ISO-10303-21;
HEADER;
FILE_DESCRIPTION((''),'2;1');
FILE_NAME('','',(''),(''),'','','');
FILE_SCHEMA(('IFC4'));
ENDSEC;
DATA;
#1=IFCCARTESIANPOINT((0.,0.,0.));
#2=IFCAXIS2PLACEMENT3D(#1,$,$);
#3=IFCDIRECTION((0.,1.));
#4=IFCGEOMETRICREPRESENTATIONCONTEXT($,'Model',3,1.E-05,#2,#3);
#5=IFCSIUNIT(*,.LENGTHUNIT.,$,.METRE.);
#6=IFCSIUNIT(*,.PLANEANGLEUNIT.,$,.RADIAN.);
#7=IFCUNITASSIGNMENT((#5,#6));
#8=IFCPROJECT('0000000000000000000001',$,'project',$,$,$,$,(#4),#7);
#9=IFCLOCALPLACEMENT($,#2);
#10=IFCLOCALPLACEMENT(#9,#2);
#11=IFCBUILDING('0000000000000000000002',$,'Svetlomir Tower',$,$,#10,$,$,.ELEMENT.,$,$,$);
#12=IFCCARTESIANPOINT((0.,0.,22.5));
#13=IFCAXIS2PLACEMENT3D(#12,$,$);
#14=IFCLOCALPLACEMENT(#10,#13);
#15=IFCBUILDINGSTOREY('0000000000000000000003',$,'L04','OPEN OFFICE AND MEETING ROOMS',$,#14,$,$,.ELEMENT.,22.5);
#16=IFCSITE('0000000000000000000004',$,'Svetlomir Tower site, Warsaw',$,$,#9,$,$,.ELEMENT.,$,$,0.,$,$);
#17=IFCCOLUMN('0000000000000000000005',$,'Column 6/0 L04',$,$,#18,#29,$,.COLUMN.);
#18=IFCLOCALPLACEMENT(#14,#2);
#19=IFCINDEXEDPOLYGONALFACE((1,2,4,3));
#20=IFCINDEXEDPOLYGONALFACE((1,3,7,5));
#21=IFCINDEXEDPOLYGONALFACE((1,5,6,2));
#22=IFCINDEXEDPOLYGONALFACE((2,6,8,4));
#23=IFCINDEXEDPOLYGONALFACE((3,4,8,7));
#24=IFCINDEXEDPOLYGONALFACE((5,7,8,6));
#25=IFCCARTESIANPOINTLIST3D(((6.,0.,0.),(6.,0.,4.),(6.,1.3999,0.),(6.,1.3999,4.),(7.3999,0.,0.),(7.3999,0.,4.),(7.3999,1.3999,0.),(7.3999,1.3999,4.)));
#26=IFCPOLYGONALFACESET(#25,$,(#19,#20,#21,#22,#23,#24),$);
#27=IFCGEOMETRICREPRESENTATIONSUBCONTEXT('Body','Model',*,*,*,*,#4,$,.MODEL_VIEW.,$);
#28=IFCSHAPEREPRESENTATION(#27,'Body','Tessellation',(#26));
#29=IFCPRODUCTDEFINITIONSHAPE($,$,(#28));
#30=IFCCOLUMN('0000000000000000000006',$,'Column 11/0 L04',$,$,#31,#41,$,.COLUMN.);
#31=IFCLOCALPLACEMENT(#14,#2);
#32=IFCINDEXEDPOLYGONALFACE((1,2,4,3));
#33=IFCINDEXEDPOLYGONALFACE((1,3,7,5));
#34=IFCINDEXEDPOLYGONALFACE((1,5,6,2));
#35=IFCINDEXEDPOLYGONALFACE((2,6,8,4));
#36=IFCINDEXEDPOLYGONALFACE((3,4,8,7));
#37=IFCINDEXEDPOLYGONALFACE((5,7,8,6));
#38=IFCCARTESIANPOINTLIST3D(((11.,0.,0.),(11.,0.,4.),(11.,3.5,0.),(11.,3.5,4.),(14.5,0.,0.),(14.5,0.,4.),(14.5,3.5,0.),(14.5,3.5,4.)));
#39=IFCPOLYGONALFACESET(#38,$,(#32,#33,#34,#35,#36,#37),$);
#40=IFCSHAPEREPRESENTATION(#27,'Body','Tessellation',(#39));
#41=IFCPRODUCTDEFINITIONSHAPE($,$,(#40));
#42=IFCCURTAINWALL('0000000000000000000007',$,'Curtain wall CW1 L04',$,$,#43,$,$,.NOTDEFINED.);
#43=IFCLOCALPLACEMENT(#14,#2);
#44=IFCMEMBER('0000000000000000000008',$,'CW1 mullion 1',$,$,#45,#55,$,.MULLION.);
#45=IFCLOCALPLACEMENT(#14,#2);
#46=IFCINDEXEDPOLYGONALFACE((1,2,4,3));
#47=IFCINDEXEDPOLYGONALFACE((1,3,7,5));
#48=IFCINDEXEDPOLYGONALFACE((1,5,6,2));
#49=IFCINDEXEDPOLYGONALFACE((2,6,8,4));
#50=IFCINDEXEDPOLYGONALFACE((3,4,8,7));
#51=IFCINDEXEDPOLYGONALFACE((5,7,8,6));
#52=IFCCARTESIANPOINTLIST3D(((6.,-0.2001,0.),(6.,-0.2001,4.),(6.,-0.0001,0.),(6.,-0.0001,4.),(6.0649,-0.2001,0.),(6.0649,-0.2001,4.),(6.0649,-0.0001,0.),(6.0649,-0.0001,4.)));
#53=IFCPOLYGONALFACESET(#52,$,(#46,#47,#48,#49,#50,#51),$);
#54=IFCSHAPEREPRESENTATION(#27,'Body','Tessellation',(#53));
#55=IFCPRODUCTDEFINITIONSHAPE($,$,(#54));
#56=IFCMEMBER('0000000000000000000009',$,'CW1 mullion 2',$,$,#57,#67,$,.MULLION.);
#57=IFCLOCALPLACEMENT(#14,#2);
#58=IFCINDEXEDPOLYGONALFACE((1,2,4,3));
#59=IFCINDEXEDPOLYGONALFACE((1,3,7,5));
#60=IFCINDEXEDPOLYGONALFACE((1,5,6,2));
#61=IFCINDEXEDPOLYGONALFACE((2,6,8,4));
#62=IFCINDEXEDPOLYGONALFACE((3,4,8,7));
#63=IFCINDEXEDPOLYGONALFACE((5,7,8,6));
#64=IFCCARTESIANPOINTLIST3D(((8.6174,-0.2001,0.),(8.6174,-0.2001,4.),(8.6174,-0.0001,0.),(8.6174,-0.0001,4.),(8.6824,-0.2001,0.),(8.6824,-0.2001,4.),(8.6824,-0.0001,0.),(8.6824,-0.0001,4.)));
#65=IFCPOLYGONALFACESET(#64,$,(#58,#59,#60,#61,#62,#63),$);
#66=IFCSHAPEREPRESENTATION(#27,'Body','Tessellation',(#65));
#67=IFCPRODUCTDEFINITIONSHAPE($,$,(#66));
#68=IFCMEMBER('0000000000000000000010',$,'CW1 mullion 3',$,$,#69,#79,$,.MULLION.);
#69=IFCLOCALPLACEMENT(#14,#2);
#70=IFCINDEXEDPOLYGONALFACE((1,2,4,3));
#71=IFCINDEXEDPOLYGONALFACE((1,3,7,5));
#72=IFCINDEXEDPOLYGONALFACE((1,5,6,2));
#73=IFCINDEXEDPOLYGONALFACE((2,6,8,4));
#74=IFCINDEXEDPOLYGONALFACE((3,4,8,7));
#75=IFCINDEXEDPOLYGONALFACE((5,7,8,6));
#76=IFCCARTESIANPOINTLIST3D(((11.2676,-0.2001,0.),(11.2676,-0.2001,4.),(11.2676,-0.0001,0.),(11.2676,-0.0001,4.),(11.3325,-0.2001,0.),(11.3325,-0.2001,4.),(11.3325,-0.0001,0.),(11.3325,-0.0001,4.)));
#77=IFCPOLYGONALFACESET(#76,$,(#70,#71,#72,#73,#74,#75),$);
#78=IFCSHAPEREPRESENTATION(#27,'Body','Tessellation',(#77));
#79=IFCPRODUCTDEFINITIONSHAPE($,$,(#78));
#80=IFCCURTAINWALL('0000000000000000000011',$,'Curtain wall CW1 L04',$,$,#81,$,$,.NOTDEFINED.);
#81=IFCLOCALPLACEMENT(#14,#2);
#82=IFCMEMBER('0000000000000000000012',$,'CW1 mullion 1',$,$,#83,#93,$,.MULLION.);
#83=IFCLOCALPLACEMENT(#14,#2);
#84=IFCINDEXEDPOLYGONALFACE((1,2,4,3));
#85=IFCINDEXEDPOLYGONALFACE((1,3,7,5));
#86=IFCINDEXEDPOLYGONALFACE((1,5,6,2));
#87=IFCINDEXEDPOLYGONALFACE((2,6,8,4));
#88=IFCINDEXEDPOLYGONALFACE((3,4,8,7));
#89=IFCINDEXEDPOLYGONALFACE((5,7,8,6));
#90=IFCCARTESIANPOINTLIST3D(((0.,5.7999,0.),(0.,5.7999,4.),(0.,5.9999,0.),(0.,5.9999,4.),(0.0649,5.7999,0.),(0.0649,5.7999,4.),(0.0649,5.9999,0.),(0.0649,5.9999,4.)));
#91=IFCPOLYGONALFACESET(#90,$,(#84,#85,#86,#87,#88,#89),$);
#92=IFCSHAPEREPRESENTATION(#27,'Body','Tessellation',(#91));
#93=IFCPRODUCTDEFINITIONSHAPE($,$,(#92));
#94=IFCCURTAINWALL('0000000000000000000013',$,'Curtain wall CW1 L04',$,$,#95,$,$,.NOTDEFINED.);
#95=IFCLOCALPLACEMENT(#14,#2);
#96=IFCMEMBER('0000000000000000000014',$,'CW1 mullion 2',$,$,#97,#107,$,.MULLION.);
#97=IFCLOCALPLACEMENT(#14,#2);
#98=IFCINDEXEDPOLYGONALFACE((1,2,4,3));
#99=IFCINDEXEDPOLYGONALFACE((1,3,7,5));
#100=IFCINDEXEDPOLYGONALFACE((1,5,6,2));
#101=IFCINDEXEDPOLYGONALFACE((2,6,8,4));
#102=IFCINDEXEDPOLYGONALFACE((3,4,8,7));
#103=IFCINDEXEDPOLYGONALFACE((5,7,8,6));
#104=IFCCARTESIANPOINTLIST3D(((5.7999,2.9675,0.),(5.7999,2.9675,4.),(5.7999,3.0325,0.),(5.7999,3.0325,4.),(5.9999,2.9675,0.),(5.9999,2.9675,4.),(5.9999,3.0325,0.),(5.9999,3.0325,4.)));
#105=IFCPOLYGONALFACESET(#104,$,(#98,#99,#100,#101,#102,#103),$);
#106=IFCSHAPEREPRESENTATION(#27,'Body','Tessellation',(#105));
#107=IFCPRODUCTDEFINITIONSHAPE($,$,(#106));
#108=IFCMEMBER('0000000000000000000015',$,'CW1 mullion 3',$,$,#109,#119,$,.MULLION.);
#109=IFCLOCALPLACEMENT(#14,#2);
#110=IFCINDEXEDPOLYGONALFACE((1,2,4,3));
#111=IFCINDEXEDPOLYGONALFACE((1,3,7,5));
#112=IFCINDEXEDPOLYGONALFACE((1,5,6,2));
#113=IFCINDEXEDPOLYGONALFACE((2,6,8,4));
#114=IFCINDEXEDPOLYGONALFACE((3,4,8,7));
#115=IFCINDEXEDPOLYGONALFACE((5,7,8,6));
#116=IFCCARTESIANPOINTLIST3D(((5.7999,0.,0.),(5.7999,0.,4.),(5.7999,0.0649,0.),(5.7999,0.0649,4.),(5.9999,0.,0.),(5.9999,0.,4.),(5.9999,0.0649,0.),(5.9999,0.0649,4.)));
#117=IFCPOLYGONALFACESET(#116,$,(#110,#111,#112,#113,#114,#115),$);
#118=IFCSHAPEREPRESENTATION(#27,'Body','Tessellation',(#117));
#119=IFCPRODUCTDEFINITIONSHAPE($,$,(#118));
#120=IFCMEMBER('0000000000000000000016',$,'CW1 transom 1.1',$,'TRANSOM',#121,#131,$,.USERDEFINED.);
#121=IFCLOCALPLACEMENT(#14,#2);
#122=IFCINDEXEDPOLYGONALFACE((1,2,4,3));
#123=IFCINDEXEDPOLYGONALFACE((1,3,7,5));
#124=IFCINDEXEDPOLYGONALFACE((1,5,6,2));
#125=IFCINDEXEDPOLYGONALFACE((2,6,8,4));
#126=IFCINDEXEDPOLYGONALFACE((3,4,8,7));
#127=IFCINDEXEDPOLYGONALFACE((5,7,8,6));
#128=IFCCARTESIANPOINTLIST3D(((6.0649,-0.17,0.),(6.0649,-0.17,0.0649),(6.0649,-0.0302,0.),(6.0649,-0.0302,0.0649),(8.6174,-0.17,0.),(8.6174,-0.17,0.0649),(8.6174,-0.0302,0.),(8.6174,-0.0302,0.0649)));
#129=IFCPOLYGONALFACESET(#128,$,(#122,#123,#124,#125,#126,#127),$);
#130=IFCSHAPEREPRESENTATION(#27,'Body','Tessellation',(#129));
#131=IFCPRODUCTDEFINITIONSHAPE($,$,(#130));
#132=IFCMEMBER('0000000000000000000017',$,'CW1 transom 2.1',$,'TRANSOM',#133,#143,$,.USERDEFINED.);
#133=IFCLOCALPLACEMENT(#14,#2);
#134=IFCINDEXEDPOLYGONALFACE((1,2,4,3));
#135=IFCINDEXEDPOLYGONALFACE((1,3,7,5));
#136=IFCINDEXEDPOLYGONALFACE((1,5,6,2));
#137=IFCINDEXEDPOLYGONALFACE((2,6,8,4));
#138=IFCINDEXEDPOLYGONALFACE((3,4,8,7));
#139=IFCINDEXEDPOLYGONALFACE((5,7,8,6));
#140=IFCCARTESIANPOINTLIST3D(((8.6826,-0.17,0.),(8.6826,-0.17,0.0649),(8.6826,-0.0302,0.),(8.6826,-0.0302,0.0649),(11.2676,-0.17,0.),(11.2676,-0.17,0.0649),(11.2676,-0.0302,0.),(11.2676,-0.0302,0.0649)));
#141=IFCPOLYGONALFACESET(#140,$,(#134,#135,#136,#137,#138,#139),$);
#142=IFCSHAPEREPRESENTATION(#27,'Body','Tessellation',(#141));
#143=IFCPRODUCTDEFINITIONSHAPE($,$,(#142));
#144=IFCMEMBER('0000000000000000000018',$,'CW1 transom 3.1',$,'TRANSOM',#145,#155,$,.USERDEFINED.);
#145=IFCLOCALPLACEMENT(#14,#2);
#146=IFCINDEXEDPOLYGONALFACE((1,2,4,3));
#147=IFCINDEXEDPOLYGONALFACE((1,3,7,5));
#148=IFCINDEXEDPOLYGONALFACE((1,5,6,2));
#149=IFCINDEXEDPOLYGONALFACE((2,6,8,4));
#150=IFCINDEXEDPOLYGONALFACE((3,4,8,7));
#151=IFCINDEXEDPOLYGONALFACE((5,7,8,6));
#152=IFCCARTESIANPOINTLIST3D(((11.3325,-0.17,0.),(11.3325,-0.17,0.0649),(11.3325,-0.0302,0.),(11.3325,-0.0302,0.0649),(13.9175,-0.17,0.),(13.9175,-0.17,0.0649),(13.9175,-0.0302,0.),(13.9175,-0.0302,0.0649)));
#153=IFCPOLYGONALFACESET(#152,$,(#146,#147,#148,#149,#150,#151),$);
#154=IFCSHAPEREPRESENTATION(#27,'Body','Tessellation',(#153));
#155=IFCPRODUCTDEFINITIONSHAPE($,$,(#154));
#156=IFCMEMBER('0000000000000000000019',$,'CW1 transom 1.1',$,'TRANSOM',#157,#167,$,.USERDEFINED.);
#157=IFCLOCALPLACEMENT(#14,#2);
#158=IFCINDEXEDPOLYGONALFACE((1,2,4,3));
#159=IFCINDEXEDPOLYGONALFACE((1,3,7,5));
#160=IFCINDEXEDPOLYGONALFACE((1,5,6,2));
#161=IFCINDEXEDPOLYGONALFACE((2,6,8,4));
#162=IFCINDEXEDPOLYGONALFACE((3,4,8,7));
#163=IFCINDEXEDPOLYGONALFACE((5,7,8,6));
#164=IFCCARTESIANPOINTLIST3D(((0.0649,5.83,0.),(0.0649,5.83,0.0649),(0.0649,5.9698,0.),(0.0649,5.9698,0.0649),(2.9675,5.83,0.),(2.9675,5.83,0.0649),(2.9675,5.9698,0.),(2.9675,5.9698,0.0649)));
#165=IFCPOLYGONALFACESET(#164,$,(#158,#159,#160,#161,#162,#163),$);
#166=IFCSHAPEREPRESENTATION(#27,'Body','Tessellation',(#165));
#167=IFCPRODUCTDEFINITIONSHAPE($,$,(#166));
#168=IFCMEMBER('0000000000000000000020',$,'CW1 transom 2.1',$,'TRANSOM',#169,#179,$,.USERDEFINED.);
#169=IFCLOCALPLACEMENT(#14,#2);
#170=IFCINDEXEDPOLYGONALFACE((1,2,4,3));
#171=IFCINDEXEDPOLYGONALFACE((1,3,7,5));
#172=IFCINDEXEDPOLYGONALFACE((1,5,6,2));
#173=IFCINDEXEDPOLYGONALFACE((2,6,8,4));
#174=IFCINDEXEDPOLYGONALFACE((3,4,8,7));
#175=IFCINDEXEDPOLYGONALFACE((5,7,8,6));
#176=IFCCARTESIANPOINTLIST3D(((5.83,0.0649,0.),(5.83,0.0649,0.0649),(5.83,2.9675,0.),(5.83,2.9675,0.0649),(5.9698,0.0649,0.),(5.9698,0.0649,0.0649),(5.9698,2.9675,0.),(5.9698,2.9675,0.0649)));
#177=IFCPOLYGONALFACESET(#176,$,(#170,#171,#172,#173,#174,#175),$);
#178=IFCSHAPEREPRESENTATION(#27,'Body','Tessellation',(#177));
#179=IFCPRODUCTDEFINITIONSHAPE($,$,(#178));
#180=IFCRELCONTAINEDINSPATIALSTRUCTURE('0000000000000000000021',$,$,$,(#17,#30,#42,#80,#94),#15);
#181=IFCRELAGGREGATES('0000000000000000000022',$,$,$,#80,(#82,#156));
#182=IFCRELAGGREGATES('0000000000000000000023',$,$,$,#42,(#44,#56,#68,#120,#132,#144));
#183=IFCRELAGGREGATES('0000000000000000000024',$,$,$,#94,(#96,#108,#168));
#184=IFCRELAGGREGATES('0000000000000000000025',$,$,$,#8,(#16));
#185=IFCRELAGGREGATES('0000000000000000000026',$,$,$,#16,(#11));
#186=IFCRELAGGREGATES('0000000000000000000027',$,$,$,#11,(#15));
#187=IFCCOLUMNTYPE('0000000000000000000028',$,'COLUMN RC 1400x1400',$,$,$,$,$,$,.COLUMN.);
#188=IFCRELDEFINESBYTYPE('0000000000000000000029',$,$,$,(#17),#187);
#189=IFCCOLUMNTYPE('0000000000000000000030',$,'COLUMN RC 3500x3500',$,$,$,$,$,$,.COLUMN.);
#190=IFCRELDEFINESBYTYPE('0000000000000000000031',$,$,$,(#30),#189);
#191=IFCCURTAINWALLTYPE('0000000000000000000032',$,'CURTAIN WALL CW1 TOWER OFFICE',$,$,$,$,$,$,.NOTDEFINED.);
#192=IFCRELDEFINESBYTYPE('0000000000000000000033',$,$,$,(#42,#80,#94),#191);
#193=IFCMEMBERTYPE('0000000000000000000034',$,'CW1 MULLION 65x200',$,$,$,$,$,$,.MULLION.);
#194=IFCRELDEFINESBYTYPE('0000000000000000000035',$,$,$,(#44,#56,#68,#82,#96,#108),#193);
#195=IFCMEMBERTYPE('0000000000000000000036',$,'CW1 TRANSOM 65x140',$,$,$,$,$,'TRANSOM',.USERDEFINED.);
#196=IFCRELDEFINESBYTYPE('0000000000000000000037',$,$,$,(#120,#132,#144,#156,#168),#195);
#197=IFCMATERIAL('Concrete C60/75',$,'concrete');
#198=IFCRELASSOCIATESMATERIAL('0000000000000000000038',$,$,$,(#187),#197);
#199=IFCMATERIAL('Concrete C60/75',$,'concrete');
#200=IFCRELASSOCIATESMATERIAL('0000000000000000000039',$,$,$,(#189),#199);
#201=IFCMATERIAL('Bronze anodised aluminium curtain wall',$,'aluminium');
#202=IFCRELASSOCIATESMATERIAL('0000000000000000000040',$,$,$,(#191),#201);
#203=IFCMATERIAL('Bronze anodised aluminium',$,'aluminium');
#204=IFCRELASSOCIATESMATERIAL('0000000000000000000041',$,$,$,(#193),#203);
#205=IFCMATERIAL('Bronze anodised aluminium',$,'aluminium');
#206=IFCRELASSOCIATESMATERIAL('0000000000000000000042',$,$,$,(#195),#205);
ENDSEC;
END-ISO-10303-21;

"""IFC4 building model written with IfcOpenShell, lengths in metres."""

from ifc_helpers import new_model, si_unit, direction, frame, origin, origin_2d, place, context, subcontext, project, spatial, rectangle, extrude, material, material_profile, profile_set, type_object, element, aggregate, save


model = new_model("IFC4")

# Units and contexts
model_context = context("Model", 3, precision=1e-05, world=origin(), true_north=direction((0.0, 1.0)))
body_context = subcontext(model_context, "Body", "Model", "MODEL_VIEW")
ifc_project = project(units=[si_unit("LENGTHUNIT", "METRE"), si_unit("PLANEANGLEUNIT", "RADIAN")], contexts=[model_context])

# Site, building, storey
site_placement = place(None, origin())
site = spatial("IfcSite", under=ifc_project, at=site_placement, Name="Svetlomir Tower site, Warsaw", CompositionType="ELEMENT", RefElevation=0.0)
building_placement = place(site_placement, origin())
building = spatial("IfcBuilding", under=site, at=building_placement, Name="Svetlomir Tower", CompositionType="ELEMENT")
storey_placement = place(building_placement, frame((0.0, 0.0, 22.5)))
storey = spatial("IfcBuildingStorey", under=building, at=storey_placement, Name="L04", Description="OPEN OFFICE AND MEETING ROOMS", CompositionType="ELEMENT", Elevation=22.5)

# Columns
ifc_material_1 = material(Name="Concrete C60/75", Category="concrete")
ifc_material_profile_1 = material_profile(ifc_material_1, rectangle(XDim=1.3999, YDim=1.3999, at=origin_2d()), Name="RC 1400x1400")
ifc_profile_set_1 = profile_set([ifc_material_profile_1], Name="Concrete C60/75")
column_type_1 = type_object("IfcColumnType", Name="COLUMN RC 1400x1400", PredefinedType="COLUMN", material=ifc_profile_set_1)
column_1_placement = place(storey_placement, frame((6.7, 0.7, 0.0), z_axis=(0.0, 0.0, 1.0), x_axis=(1.0, 0.0, 0.0)))
element("IfcColumn", 1, at=column_1_placement, inside=storey, type_object=column_type_1, Name="Column 6/0 L04", PredefinedType="COLUMN", context=body_context, shape_type="SweptSolid", body=[
    extrude(rectangle(XDim=1.3999, YDim=1.3999, at=origin_2d()), origin(), (0.0, 0.0, 1.0), 4.0),
])
ifc_material_2 = material(Name="Concrete C60/75", Category="concrete")
ifc_material_profile_2 = material_profile(ifc_material_2, rectangle(XDim=3.5, YDim=3.5, at=origin_2d()), Name="RC 3500x3500")
ifc_profile_set_2 = profile_set([ifc_material_profile_2], Name="Concrete C60/75")
column_type_2 = type_object("IfcColumnType", Name="COLUMN RC 3500x3500", PredefinedType="COLUMN", material=ifc_profile_set_2)
column_2_placement = place(storey_placement, frame((12.75, 1.75, 0.0), z_axis=(0.0, 0.0, 1.0), x_axis=(1.0, 0.0, 0.0)))
element("IfcColumn", 2, at=column_2_placement, inside=storey, type_object=column_type_2, Name="Column 11/0 L04", PredefinedType="COLUMN", context=body_context, shape_type="SweptSolid", body=[
    extrude(rectangle(XDim=3.5, YDim=3.5, at=origin_2d()), origin(), (0.0, 0.0, 1.0), 4.0),
])

# Curtain wall, members
ifc_material_3 = material(Name="Bronze anodised aluminium curtain wall", Category="aluminium")
curtain_wall_type = type_object("IfcCurtainWallType", Name="CURTAIN WALL CW1 TOWER OFFICE", PredefinedType="NOTDEFINED", material=ifc_material_3)
curtain_wall_1_placement = place(storey_placement, origin())
curtain_wall_1 = element("IfcCurtainWall", 3, at=curtain_wall_1_placement, inside=storey, type_object=curtain_wall_type, Name="Curtain wall CW1 L04", PredefinedType="NOTDEFINED")
ifc_material_4 = material(Name="Bronze anodised aluminium", Category="aluminium")
ifc_material_profile_3 = material_profile(ifc_material_4, rectangle(XDim=0.0649, YDim=0.2, at=origin_2d()), Name="AL 65x200")
ifc_profile_set_3 = profile_set([ifc_material_profile_3], Name="Bronze anodised aluminium 6063-T6")
member_type_1 = type_object("IfcMemberType", Name="CW1 MULLION 65x200", PredefinedType="MULLION", material=ifc_profile_set_3)
member_1_placement = place(storey_placement, frame((6.0325, -0.1001, 0.0), z_axis=(0.0, 0.0, 1.0), x_axis=(1.0, 0.0, 0.0)))
member_1 = element("IfcMember", 4, at=member_1_placement, type_object=member_type_1, Name="CW1 mullion 1", PredefinedType="MULLION", context=body_context, shape_type="SweptSolid", body=[
    extrude(rectangle(XDim=0.0649, YDim=0.2, at=origin_2d()), origin(), (0.0, 0.0, 1.0), 4.0),
])
member_2_placement = place(storey_placement, frame((8.6499, -0.1001, 0.0), z_axis=(0.0, 0.0, 1.0), x_axis=(1.0, 0.0, 0.0)))
member_2 = element("IfcMember", 5, at=member_2_placement, type_object=member_type_1, Name="CW1 mullion 2", PredefinedType="MULLION", context=body_context, shape_type="SweptSolid", body=[
    extrude(rectangle(XDim=0.0649, YDim=0.2, at=origin_2d()), origin(), (0.0, 0.0, 1.0), 4.0),
])
member_3_placement = place(storey_placement, frame((11.3, -0.1001, 0.0), z_axis=(0.0, 0.0, 1.0), x_axis=(1.0, 0.0, 0.0)))
member_3 = element("IfcMember", 6, at=member_3_placement, type_object=member_type_1, Name="CW1 mullion 3", PredefinedType="MULLION", context=body_context, shape_type="SweptSolid", body=[
    extrude(rectangle(XDim=0.0649, YDim=0.2, at=origin_2d()), origin(), (0.0, 0.0, 1.0), 4.0),
])

# Curtain wall, member
curtain_wall_2_placement = place(storey_placement, origin())
curtain_wall_2 = element("IfcCurtainWall", 7, at=curtain_wall_2_placement, inside=storey, type_object=curtain_wall_type, Name="Curtain wall CW1 L04", PredefinedType="NOTDEFINED")
member_4_placement = place(storey_placement, frame((0.0325, 5.8999, 0.0), z_axis=(0.0, 0.0, 1.0), x_axis=(1.0, 0.0, 0.0)))
member_4 = element("IfcMember", 8, at=member_4_placement, type_object=member_type_1, Name="CW1 mullion 1", PredefinedType="MULLION", context=body_context, shape_type="SweptSolid", body=[
    extrude(rectangle(XDim=0.0649, YDim=0.2, at=origin_2d()), origin(), (0.0, 0.0, 1.0), 4.0),
])

# Curtain wall, members
curtain_wall_3_placement = place(storey_placement, origin())
curtain_wall_3 = element("IfcCurtainWall", 9, at=curtain_wall_3_placement, inside=storey, type_object=curtain_wall_type, Name="Curtain wall CW1 L04", PredefinedType="NOTDEFINED")
member_5_placement = place(storey_placement, frame((5.8999, 3.0, 0.0), z_axis=(0.0, 0.0, 1.0), x_axis=(0.0, -1.0, 0.0)))
member_5 = element("IfcMember", 10, at=member_5_placement, type_object=member_type_1, Name="CW1 mullion 2", PredefinedType="MULLION", context=body_context, shape_type="SweptSolid", body=[
    extrude(rectangle(XDim=0.0649, YDim=0.2, at=origin_2d()), origin(), (0.0, 0.0, 1.0), 4.0),
])
member_6_placement = place(storey_placement, frame((5.8999, 0.0325, 0.0), z_axis=(0.0, 0.0, 1.0), x_axis=(0.0, -1.0, 0.0)))
member_6 = element("IfcMember", 11, at=member_6_placement, type_object=member_type_1, Name="CW1 mullion 3", PredefinedType="MULLION", context=body_context, shape_type="SweptSolid", body=[
    extrude(rectangle(XDim=0.0649, YDim=0.2, at=origin_2d()), origin(), (0.0, 0.0, 1.0), 4.0),
])

# Members
ifc_material_5 = material(Name="Bronze anodised aluminium", Category="aluminium")
ifc_material_profile_4 = material_profile(ifc_material_5, rectangle(XDim=0.1399, YDim=0.0649, at=origin_2d()), Name="AL 140x65")
ifc_profile_set_4 = profile_set([ifc_material_profile_4], Name="Bronze anodised aluminium 6063-T6")
member_type_2 = type_object("IfcMemberType", Name="CW1 TRANSOM 65x140", ElementType="TRANSOM", PredefinedType="USERDEFINED", material=ifc_profile_set_4)
member_7_placement = place(storey_placement, frame((6.0649, -0.1001, 0.0325), z_axis=(1.0, 0.0, 0.0), x_axis=(0.0, 1.0, 0.0)))
member_7 = element("IfcMember", 12, at=member_7_placement, type_object=member_type_2, Name="CW1 transom 1.1", ObjectType="TRANSOM", PredefinedType="USERDEFINED", context=body_context, shape_type="SweptSolid", body=[
    extrude(rectangle(XDim=0.1399, YDim=0.0649, at=origin_2d()), origin(), (0.0, 0.0, 1.0), 2.5525),
])
member_8_placement = place(storey_placement, frame((8.6826, -0.1001, 0.0325), z_axis=(1.0, 0.0, 0.0), x_axis=(0.0, 1.0, 0.0)))
member_8 = element("IfcMember", 13, at=member_8_placement, type_object=member_type_2, Name="CW1 transom 2.1", ObjectType="TRANSOM", PredefinedType="USERDEFINED", context=body_context, shape_type="SweptSolid", body=[
    extrude(rectangle(XDim=0.1399, YDim=0.0649, at=origin_2d()), origin(), (0.0, 0.0, 1.0), 2.585),
])
member_9_placement = place(storey_placement, frame((11.3325, -0.1001, 0.0325), z_axis=(1.0, 0.0, 0.0), x_axis=(0.0, 1.0, 0.0)))
member_9 = element("IfcMember", 14, at=member_9_placement, type_object=member_type_2, Name="CW1 transom 3.1", ObjectType="TRANSOM", PredefinedType="USERDEFINED", context=body_context, shape_type="SweptSolid", body=[
    extrude(rectangle(XDim=0.1399, YDim=0.0649, at=origin_2d()), origin(), (0.0, 0.0, 1.0), 2.585),
])
member_10_placement = place(storey_placement, frame((0.0649, 5.8999, 0.0325), z_axis=(1.0, 0.0, 0.0), x_axis=(0.0, 1.0, 0.0)))
member_10 = element("IfcMember", 15, at=member_10_placement, type_object=member_type_2, Name="CW1 transom 1.1", ObjectType="TRANSOM", PredefinedType="USERDEFINED", context=body_context, shape_type="SweptSolid", body=[
    extrude(rectangle(XDim=0.1399, YDim=0.0649, at=origin_2d()), origin(), (0.0, 0.0, 1.0), 2.9026),
])
aggregate(curtain_wall_2, [member_4, member_10])
member_11_placement = place(storey_placement, frame((5.8999, 2.9675, 0.0325), z_axis=(0.0, -1.0, 0.0), x_axis=(1.0, 0.0, 0.0)))
member_11 = element("IfcMember", 16, at=member_11_placement, type_object=member_type_2, Name="CW1 transom 2.1", ObjectType="TRANSOM", PredefinedType="USERDEFINED", context=body_context, shape_type="SweptSolid", body=[
    extrude(rectangle(XDim=0.1399, YDim=0.0649, at=origin_2d()), origin(), (0.0, 0.0, 1.0), 2.9026),
])

aggregate(curtain_wall_1, [member_1, member_2, member_3, member_7, member_8, member_9])
aggregate(curtain_wall_3, [member_5, member_6, member_11])

save(model, "model.ifc")
